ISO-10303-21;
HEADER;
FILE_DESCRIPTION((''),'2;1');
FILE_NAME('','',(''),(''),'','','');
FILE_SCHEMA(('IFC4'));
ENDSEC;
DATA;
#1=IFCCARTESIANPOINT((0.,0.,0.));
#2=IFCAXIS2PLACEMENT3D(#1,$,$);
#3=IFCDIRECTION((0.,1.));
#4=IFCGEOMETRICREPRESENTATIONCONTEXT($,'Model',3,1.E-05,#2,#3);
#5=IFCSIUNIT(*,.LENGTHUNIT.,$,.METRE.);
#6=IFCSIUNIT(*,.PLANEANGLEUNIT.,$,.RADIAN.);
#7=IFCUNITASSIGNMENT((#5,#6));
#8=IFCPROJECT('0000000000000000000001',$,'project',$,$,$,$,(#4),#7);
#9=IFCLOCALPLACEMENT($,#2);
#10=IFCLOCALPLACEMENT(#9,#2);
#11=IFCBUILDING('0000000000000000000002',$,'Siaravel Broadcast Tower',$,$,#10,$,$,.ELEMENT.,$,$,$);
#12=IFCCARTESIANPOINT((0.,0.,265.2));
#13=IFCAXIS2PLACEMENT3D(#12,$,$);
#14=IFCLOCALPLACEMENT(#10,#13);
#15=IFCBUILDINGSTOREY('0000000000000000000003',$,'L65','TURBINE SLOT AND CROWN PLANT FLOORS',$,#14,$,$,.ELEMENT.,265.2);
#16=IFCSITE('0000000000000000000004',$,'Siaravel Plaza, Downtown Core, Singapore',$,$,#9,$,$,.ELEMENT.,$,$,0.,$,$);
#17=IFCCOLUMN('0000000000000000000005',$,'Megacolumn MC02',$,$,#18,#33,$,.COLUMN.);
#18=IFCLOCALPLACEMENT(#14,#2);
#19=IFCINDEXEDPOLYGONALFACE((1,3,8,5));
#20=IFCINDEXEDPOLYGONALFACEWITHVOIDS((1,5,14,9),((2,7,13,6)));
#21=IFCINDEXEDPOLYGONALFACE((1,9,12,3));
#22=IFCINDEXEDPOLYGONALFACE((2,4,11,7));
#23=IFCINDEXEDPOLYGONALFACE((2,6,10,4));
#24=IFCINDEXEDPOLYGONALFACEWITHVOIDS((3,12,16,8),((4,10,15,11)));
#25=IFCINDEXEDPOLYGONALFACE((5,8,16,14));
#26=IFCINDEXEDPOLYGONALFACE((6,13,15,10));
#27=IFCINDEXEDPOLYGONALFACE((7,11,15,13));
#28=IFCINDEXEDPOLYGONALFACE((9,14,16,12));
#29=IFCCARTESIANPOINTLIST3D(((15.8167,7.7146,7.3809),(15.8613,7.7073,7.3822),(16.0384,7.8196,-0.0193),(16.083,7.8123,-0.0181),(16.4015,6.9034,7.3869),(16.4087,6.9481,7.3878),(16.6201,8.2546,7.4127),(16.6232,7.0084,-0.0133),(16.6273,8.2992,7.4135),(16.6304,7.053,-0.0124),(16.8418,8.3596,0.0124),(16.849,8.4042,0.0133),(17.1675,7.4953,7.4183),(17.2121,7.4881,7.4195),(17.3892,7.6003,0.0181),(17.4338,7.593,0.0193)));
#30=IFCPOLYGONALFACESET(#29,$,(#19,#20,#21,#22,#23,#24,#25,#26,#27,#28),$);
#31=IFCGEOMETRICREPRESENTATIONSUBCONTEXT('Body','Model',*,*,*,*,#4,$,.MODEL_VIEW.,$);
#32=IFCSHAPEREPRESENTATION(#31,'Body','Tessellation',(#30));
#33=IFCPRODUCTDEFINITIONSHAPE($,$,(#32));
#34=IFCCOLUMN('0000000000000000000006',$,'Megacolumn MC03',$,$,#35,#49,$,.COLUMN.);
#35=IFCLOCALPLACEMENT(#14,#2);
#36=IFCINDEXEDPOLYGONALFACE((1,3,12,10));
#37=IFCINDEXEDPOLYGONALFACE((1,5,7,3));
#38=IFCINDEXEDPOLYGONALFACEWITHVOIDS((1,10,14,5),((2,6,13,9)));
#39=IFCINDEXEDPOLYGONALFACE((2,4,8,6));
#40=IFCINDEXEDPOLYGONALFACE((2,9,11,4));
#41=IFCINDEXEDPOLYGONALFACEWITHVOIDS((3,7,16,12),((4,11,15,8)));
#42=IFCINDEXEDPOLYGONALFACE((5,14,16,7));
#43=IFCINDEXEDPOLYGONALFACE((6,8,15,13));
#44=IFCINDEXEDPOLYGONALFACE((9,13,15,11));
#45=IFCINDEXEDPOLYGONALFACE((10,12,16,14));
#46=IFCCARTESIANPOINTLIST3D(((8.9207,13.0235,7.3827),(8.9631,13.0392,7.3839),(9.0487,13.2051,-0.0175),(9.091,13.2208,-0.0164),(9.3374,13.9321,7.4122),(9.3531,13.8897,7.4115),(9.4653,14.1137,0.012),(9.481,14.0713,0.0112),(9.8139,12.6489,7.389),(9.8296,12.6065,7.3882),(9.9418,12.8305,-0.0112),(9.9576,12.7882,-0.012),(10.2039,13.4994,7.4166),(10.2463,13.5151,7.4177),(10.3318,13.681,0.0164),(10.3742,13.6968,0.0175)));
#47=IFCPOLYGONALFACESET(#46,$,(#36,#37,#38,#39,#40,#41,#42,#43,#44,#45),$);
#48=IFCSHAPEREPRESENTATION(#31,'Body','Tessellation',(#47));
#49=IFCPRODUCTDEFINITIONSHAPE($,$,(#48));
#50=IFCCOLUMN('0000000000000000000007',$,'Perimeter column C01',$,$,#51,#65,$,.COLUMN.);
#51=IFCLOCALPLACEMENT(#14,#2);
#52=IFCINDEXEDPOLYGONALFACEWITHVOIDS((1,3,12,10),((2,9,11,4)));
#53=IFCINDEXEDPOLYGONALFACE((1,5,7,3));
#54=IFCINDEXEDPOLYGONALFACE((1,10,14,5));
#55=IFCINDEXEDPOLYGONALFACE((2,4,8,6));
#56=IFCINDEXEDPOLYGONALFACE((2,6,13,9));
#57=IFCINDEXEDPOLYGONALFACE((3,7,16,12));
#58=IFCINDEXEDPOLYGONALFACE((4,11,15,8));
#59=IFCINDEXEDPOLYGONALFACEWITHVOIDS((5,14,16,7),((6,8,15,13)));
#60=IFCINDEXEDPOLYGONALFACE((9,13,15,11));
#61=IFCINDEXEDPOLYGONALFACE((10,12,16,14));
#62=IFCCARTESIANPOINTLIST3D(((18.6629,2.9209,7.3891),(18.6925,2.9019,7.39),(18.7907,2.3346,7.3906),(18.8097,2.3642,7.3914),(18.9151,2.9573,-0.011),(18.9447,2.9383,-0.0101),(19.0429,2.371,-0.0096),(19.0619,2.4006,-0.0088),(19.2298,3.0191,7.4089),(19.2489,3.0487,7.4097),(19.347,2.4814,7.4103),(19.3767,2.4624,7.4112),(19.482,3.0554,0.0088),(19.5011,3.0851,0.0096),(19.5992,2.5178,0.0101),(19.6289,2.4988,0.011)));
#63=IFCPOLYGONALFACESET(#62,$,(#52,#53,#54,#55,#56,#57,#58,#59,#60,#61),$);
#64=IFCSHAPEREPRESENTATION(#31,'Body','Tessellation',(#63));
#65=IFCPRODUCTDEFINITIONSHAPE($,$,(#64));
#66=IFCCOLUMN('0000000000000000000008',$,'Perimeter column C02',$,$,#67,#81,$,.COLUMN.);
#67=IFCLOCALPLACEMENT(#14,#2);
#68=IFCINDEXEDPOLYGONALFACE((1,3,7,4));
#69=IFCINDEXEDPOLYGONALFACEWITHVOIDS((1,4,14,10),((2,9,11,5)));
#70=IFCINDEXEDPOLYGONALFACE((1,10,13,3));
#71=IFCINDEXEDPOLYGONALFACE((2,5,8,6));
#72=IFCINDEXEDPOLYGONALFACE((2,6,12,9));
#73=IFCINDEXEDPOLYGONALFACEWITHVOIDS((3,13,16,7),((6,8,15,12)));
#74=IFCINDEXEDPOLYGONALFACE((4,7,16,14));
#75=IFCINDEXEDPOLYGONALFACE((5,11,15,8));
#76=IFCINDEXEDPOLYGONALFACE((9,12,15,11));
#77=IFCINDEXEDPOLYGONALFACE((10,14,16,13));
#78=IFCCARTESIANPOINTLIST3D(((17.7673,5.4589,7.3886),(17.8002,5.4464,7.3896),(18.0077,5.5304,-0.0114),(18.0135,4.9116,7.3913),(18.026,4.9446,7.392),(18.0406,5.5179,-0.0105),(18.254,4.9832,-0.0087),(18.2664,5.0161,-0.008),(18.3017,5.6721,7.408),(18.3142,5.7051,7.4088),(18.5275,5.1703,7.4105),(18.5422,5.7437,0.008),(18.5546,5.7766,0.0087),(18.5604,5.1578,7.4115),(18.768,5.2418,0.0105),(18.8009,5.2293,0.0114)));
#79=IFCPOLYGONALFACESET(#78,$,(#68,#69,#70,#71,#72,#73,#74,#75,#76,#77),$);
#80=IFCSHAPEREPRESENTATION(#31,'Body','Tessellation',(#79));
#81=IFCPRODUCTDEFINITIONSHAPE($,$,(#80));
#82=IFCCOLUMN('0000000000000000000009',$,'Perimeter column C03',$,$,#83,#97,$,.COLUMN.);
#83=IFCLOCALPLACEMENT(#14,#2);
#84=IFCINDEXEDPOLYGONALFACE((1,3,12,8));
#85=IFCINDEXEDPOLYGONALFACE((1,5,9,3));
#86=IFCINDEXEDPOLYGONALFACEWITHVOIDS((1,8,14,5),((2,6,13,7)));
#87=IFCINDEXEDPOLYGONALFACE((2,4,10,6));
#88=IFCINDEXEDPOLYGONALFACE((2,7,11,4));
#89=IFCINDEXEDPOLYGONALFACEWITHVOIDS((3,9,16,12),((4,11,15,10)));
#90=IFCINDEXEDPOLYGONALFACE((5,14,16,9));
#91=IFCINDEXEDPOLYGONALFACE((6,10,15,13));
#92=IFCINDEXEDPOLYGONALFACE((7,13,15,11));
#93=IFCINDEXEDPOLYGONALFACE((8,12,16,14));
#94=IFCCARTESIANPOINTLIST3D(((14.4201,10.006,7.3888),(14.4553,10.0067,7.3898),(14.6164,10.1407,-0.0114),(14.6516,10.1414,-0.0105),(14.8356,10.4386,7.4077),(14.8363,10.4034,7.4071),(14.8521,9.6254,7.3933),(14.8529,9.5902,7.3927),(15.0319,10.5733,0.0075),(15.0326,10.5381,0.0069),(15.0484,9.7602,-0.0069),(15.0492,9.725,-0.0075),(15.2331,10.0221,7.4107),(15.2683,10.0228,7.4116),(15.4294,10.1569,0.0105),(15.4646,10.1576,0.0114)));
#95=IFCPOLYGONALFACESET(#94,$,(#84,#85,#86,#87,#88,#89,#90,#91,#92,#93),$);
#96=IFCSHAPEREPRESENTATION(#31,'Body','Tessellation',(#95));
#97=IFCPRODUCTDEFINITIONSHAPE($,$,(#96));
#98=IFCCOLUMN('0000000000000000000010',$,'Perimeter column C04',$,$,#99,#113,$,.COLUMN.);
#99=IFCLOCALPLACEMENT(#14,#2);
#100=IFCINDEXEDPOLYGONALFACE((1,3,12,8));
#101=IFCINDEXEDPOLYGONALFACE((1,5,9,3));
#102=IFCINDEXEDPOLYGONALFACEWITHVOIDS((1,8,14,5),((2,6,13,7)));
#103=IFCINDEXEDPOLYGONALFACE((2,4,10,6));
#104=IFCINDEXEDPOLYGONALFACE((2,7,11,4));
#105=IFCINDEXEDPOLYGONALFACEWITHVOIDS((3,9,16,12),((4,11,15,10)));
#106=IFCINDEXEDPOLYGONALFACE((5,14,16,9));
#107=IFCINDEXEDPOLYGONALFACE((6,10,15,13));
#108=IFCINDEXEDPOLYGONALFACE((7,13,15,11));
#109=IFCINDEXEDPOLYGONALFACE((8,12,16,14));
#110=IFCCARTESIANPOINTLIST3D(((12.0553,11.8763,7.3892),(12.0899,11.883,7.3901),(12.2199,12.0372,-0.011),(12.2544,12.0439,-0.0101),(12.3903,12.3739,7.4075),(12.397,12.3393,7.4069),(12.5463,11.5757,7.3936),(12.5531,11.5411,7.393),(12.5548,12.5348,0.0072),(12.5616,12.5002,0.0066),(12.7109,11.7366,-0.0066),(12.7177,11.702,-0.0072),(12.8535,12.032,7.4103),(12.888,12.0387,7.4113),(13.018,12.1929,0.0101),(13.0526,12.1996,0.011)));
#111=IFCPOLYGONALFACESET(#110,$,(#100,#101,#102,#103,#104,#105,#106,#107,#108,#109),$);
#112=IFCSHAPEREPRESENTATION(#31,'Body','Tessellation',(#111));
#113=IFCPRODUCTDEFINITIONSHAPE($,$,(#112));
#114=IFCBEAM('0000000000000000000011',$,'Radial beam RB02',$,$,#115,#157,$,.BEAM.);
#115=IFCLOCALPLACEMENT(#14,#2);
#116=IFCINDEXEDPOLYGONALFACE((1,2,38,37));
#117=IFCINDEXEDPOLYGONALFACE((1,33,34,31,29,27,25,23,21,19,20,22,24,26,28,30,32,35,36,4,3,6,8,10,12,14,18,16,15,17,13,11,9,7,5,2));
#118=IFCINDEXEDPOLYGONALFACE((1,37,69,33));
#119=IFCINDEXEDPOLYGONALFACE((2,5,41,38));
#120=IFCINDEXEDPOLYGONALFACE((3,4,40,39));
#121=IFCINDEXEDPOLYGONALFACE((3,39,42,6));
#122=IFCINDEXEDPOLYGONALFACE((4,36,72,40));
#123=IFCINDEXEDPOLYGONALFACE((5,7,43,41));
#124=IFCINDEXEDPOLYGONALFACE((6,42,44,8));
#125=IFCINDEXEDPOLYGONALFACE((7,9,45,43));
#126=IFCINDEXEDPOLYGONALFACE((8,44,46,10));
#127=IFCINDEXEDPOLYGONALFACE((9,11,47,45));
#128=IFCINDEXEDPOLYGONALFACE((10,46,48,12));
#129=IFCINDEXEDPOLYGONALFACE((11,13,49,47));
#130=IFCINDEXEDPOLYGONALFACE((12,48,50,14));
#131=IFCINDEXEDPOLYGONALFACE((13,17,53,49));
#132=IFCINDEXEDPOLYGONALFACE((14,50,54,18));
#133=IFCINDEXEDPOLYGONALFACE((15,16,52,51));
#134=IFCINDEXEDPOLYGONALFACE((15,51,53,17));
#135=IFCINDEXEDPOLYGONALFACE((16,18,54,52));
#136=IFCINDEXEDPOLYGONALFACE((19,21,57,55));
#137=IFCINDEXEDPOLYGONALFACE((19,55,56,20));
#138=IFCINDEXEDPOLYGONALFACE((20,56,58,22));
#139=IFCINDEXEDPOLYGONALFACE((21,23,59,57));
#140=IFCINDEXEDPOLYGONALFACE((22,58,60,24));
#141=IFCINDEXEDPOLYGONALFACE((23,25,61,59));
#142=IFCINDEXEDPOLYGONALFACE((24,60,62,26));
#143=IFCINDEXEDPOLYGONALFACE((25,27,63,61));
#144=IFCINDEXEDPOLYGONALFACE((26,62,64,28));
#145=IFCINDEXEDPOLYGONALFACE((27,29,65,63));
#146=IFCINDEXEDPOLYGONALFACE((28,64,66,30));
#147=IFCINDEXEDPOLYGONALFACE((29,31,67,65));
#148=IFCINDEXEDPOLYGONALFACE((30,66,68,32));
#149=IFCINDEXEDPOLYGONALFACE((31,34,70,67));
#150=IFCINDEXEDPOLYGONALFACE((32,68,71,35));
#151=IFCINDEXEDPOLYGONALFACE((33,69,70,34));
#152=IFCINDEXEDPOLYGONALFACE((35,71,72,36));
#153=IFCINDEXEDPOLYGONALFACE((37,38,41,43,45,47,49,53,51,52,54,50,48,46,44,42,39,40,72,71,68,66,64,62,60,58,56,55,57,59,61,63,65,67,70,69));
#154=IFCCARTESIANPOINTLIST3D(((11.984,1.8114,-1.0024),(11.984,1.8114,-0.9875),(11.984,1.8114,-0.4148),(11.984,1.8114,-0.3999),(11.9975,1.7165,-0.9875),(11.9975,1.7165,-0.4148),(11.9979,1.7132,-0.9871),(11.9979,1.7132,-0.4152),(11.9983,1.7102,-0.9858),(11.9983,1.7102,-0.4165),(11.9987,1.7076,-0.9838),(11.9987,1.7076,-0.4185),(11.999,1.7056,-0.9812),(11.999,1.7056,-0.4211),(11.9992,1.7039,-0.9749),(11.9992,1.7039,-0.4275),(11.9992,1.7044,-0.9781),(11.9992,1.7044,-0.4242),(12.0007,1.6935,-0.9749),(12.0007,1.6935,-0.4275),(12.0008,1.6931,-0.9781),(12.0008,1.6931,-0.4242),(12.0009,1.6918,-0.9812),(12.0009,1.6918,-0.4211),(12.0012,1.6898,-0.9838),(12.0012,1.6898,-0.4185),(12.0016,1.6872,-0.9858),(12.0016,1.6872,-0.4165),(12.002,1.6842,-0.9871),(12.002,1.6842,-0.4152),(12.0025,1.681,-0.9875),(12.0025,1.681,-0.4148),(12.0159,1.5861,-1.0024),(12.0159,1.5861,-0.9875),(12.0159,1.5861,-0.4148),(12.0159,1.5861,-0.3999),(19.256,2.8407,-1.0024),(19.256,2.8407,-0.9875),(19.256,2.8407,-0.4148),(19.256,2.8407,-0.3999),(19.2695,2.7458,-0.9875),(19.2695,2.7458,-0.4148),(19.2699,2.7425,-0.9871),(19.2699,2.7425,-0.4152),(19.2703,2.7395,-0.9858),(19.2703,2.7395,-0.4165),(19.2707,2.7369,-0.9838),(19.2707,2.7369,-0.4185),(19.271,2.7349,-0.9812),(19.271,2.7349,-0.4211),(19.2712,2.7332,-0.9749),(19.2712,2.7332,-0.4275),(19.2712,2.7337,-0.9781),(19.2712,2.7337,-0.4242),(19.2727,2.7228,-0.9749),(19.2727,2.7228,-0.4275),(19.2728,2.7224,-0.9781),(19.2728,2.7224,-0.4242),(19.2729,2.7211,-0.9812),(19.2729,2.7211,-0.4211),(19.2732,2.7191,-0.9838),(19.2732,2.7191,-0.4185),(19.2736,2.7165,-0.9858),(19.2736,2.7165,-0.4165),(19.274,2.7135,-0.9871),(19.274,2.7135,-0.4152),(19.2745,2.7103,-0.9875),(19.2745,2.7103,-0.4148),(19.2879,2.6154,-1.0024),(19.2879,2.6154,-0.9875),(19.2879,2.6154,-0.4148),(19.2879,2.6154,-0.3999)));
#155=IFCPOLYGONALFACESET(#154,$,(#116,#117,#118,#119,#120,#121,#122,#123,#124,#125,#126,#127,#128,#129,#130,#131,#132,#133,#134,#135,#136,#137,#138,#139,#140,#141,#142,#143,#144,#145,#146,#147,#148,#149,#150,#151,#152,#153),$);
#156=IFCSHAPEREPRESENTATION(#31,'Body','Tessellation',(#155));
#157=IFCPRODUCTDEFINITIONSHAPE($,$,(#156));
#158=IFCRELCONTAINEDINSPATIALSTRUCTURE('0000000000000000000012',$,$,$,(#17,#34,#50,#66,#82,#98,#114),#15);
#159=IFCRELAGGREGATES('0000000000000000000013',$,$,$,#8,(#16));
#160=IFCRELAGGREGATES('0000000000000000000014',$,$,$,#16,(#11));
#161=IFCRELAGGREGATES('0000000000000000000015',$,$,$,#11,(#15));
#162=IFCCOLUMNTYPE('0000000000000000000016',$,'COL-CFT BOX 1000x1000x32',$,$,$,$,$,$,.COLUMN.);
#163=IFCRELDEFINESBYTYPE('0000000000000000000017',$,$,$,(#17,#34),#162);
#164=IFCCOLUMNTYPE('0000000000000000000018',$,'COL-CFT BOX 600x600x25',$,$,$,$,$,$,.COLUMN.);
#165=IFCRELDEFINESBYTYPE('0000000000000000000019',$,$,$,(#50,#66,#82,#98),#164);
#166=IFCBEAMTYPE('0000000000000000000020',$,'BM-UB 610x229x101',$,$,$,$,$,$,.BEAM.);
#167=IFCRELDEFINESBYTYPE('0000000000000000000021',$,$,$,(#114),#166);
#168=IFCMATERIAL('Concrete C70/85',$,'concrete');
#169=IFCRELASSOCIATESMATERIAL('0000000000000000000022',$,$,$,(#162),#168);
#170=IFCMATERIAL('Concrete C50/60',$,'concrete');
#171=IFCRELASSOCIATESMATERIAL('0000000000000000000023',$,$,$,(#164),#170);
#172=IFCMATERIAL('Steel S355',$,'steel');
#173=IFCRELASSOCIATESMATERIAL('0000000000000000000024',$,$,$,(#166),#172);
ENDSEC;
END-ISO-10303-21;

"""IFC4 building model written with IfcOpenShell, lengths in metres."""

from ifc_helpers import new_model, si_unit, direction, frame, origin, origin_2d, place, context, subcontext, project, spatial, hollow_rectangle, i_section, extrude, material, material_profile, profile_set, type_object, element, save


model = new_model("IFC4")

# Units and contexts
model_context = context("Model", 3, precision=1e-05, world=origin(), true_north=direction((0.0, 1.0)))
body_context = subcontext(model_context, "Body", "Model", "MODEL_VIEW")
ifc_project = project(units=[si_unit("LENGTHUNIT", "METRE"), si_unit("PLANEANGLEUNIT", "RADIAN")], contexts=[model_context])

# Site, building, storey
site_placement = place(None, origin())
site = spatial("IfcSite", under=ifc_project, at=site_placement, Name="Siaravel Plaza, Downtown Core, Singapore", CompositionType="ELEMENT", RefElevation=0.0)
building_placement = place(site_placement, origin())
building = spatial("IfcBuilding", under=site, at=building_placement, Name="Siaravel Broadcast Tower", CompositionType="ELEMENT")
storey_placement = place(building_placement, frame((0.0, 0.0, 265.2)))
storey = spatial("IfcBuildingStorey", under=building, at=storey_placement, Name="L65", Description="TURBINE SLOT AND CROWN PLANT FLOORS", CompositionType="ELEMENT", Elevation=265.2)

# Columns
ifc_material_1 = material(Name="Concrete C70/85", Category="concrete")
ifc_material_profile_1 = material_profile(ifc_material_1, hollow_rectangle(XDim=1.0, YDim=1.0, WallThickness=0.032, at=origin_2d()))
ifc_profile_set_1 = profile_set([ifc_material_profile_1], Name="Concrete C70/85")
column_type_1 = type_object("IfcColumnType", Name="COL-CFT BOX 1000x1000x32", PredefinedType="COLUMN", material=ifc_profile_set_1)
column_1_placement = place(storey_placement, frame((16.7361, 7.7063, 0.0), z_axis=(-0.02994, -0.014178, 0.999451), x_axis=(0.584793, -0.81116, 0.006011)))
element("IfcColumn", 1, at=column_1_placement, inside=storey, type_object=column_type_1, Name="Megacolumn MC02", PredefinedType="COLUMN", context=body_context, shape_type="SweptSolid", body=[
    extrude(hollow_rectangle(XDim=1.0, YDim=1.0, WallThickness=0.032, at=origin_2d()), origin(), (0.0, 0.0, 1.0), 7.4043),
])
column_2_placement = place(storey_placement, frame((9.7114, 13.4509, 0.0), z_axis=(-0.01728, -0.024534, 0.99955), x_axis=(0.908912, -0.416952, 0.005478)))
element("IfcColumn", 2, at=column_2_placement, inside=storey, type_object=column_type_1, Name="Megacolumn MC03", PredefinedType="COLUMN", context=body_context, shape_type="SweptSolid", body=[
    extrude(hollow_rectangle(XDim=1.0, YDim=1.0, WallThickness=0.032, at=origin_2d()), origin(), (0.0, 0.0, 1.0), 7.4036),
])
ifc_material_2 = material(Name="Concrete C50/60", Category="concrete")
ifc_material_profile_2 = material_profile(ifc_material_2, hollow_rectangle(XDim=0.6001, YDim=0.6001, WallThickness=0.0249, at=origin_2d()))
ifc_profile_set_2 = profile_set([ifc_material_profile_2], Name="Concrete C50/60")
column_type_2 = type_object("IfcColumnType", Name="COL-CFT BOX 600x600x25", PredefinedType="COLUMN", material=ifc_profile_set_2)
column_3_placement = place(storey_placement, frame((19.272, 2.728, 0.0), z_axis=(-0.03406, -0.004913, 0.999408), x_axis=(0.212967, -0.977056, 0.002455)))
element("IfcColumn", 3, at=column_3_placement, inside=storey, type_object=column_type_2, Name="Perimeter column C01", PredefinedType="COLUMN", context=body_context, shape_type="SweptSolid", body=[
    extrude(hollow_rectangle(XDim=0.6001, YDim=0.6001, WallThickness=0.0249, at=origin_2d()), origin(), (0.0, 0.0, 1.0), 7.4045),
])
column_4_placement = place(storey_placement, frame((18.4043, 5.3799, 0.0), z_axis=(-0.032478, -0.009661, 0.999426), x_axis=(0.410307, -0.911936, 0.004518)))
element("IfcColumn", 4, at=column_4_placement, inside=storey, type_object=column_type_2, Name="Perimeter column C02", PredefinedType="COLUMN", context=body_context, shape_type="SweptSolid", body=[
    extrude(hollow_rectangle(XDim=0.6001, YDim=0.6001, WallThickness=0.0249, at=origin_2d()), origin(), (0.0, 0.0, 1.0), 7.4043),
])
column_5_placement = place(storey_placement, frame((15.0405, 10.1492, 0.0), z_axis=(-0.026511, -0.018202, 0.999483), x_axis=(0.721084, -0.692817, 0.00651)))
element("IfcColumn", 5, at=column_5_placement, inside=storey, type_object=column_type_2, Name="Perimeter column C03", PredefinedType="COLUMN", context=body_context, shape_type="SweptSolid", body=[
    extrude(hollow_rectangle(XDim=0.6001, YDim=0.6001, WallThickness=0.0249, at=origin_2d()), origin(), (0.0, 0.0, 1.0), 7.4041),
])
column_6_placement = place(storey_placement, frame((12.6362, 12.1184, 0.0), z_axis=(-0.022225, -0.021731, 0.999517), x_axis=(0.829478, -0.558505, 0.006302)))
element("IfcColumn", 6, at=column_6_placement, inside=storey, type_object=column_type_2, Name="Perimeter column C04", PredefinedType="COLUMN", context=body_context, shape_type="SweptSolid", body=[
    extrude(hollow_rectangle(XDim=0.6001, YDim=0.6001, WallThickness=0.0249, at=origin_2d()), origin(), (0.0, 0.0, 1.0), 7.4038),
])

# Beam
ifc_material_3 = material(Name="Steel S355", Category="steel")
ifc_material_profile_3 = material_profile(ifc_material_3, i_section(OverallWidth=0.2275, OverallDepth=0.6025, WebThickness=0.0105, FlangeThickness=0.0149, FilletRadius=0.0127, at=origin_2d()))
ifc_profile_set_3 = profile_set([ifc_material_profile_3], Name="Steel S355")
beam_type_1 = type_object("IfcBeamType", Name="BM-UB 610x229x101", PredefinedType="BEAM", material=ifc_profile_set_3)
beam_1_placement = place(storey_placement, frame((19.272, 2.728, -0.7012), z_axis=(-0.990131, -0.140146, 0.0), x_axis=(0.140146, -0.990131, 0.0)))
element("IfcBeam", 7, at=beam_1_placement, inside=storey, type_object=beam_type_1, Name="Radial beam RB02", PredefinedType="BEAM", context=body_context, shape_type="SweptSolid", body=[
    extrude(i_section(OverallWidth=0.2275, OverallDepth=0.6025, WebThickness=0.0105, FlangeThickness=0.0149, FilletRadius=0.0127, at=origin_2d()), origin(), (0.0, 0.0, 1.0), 7.3445),
])

save(model, "model.ifc")
